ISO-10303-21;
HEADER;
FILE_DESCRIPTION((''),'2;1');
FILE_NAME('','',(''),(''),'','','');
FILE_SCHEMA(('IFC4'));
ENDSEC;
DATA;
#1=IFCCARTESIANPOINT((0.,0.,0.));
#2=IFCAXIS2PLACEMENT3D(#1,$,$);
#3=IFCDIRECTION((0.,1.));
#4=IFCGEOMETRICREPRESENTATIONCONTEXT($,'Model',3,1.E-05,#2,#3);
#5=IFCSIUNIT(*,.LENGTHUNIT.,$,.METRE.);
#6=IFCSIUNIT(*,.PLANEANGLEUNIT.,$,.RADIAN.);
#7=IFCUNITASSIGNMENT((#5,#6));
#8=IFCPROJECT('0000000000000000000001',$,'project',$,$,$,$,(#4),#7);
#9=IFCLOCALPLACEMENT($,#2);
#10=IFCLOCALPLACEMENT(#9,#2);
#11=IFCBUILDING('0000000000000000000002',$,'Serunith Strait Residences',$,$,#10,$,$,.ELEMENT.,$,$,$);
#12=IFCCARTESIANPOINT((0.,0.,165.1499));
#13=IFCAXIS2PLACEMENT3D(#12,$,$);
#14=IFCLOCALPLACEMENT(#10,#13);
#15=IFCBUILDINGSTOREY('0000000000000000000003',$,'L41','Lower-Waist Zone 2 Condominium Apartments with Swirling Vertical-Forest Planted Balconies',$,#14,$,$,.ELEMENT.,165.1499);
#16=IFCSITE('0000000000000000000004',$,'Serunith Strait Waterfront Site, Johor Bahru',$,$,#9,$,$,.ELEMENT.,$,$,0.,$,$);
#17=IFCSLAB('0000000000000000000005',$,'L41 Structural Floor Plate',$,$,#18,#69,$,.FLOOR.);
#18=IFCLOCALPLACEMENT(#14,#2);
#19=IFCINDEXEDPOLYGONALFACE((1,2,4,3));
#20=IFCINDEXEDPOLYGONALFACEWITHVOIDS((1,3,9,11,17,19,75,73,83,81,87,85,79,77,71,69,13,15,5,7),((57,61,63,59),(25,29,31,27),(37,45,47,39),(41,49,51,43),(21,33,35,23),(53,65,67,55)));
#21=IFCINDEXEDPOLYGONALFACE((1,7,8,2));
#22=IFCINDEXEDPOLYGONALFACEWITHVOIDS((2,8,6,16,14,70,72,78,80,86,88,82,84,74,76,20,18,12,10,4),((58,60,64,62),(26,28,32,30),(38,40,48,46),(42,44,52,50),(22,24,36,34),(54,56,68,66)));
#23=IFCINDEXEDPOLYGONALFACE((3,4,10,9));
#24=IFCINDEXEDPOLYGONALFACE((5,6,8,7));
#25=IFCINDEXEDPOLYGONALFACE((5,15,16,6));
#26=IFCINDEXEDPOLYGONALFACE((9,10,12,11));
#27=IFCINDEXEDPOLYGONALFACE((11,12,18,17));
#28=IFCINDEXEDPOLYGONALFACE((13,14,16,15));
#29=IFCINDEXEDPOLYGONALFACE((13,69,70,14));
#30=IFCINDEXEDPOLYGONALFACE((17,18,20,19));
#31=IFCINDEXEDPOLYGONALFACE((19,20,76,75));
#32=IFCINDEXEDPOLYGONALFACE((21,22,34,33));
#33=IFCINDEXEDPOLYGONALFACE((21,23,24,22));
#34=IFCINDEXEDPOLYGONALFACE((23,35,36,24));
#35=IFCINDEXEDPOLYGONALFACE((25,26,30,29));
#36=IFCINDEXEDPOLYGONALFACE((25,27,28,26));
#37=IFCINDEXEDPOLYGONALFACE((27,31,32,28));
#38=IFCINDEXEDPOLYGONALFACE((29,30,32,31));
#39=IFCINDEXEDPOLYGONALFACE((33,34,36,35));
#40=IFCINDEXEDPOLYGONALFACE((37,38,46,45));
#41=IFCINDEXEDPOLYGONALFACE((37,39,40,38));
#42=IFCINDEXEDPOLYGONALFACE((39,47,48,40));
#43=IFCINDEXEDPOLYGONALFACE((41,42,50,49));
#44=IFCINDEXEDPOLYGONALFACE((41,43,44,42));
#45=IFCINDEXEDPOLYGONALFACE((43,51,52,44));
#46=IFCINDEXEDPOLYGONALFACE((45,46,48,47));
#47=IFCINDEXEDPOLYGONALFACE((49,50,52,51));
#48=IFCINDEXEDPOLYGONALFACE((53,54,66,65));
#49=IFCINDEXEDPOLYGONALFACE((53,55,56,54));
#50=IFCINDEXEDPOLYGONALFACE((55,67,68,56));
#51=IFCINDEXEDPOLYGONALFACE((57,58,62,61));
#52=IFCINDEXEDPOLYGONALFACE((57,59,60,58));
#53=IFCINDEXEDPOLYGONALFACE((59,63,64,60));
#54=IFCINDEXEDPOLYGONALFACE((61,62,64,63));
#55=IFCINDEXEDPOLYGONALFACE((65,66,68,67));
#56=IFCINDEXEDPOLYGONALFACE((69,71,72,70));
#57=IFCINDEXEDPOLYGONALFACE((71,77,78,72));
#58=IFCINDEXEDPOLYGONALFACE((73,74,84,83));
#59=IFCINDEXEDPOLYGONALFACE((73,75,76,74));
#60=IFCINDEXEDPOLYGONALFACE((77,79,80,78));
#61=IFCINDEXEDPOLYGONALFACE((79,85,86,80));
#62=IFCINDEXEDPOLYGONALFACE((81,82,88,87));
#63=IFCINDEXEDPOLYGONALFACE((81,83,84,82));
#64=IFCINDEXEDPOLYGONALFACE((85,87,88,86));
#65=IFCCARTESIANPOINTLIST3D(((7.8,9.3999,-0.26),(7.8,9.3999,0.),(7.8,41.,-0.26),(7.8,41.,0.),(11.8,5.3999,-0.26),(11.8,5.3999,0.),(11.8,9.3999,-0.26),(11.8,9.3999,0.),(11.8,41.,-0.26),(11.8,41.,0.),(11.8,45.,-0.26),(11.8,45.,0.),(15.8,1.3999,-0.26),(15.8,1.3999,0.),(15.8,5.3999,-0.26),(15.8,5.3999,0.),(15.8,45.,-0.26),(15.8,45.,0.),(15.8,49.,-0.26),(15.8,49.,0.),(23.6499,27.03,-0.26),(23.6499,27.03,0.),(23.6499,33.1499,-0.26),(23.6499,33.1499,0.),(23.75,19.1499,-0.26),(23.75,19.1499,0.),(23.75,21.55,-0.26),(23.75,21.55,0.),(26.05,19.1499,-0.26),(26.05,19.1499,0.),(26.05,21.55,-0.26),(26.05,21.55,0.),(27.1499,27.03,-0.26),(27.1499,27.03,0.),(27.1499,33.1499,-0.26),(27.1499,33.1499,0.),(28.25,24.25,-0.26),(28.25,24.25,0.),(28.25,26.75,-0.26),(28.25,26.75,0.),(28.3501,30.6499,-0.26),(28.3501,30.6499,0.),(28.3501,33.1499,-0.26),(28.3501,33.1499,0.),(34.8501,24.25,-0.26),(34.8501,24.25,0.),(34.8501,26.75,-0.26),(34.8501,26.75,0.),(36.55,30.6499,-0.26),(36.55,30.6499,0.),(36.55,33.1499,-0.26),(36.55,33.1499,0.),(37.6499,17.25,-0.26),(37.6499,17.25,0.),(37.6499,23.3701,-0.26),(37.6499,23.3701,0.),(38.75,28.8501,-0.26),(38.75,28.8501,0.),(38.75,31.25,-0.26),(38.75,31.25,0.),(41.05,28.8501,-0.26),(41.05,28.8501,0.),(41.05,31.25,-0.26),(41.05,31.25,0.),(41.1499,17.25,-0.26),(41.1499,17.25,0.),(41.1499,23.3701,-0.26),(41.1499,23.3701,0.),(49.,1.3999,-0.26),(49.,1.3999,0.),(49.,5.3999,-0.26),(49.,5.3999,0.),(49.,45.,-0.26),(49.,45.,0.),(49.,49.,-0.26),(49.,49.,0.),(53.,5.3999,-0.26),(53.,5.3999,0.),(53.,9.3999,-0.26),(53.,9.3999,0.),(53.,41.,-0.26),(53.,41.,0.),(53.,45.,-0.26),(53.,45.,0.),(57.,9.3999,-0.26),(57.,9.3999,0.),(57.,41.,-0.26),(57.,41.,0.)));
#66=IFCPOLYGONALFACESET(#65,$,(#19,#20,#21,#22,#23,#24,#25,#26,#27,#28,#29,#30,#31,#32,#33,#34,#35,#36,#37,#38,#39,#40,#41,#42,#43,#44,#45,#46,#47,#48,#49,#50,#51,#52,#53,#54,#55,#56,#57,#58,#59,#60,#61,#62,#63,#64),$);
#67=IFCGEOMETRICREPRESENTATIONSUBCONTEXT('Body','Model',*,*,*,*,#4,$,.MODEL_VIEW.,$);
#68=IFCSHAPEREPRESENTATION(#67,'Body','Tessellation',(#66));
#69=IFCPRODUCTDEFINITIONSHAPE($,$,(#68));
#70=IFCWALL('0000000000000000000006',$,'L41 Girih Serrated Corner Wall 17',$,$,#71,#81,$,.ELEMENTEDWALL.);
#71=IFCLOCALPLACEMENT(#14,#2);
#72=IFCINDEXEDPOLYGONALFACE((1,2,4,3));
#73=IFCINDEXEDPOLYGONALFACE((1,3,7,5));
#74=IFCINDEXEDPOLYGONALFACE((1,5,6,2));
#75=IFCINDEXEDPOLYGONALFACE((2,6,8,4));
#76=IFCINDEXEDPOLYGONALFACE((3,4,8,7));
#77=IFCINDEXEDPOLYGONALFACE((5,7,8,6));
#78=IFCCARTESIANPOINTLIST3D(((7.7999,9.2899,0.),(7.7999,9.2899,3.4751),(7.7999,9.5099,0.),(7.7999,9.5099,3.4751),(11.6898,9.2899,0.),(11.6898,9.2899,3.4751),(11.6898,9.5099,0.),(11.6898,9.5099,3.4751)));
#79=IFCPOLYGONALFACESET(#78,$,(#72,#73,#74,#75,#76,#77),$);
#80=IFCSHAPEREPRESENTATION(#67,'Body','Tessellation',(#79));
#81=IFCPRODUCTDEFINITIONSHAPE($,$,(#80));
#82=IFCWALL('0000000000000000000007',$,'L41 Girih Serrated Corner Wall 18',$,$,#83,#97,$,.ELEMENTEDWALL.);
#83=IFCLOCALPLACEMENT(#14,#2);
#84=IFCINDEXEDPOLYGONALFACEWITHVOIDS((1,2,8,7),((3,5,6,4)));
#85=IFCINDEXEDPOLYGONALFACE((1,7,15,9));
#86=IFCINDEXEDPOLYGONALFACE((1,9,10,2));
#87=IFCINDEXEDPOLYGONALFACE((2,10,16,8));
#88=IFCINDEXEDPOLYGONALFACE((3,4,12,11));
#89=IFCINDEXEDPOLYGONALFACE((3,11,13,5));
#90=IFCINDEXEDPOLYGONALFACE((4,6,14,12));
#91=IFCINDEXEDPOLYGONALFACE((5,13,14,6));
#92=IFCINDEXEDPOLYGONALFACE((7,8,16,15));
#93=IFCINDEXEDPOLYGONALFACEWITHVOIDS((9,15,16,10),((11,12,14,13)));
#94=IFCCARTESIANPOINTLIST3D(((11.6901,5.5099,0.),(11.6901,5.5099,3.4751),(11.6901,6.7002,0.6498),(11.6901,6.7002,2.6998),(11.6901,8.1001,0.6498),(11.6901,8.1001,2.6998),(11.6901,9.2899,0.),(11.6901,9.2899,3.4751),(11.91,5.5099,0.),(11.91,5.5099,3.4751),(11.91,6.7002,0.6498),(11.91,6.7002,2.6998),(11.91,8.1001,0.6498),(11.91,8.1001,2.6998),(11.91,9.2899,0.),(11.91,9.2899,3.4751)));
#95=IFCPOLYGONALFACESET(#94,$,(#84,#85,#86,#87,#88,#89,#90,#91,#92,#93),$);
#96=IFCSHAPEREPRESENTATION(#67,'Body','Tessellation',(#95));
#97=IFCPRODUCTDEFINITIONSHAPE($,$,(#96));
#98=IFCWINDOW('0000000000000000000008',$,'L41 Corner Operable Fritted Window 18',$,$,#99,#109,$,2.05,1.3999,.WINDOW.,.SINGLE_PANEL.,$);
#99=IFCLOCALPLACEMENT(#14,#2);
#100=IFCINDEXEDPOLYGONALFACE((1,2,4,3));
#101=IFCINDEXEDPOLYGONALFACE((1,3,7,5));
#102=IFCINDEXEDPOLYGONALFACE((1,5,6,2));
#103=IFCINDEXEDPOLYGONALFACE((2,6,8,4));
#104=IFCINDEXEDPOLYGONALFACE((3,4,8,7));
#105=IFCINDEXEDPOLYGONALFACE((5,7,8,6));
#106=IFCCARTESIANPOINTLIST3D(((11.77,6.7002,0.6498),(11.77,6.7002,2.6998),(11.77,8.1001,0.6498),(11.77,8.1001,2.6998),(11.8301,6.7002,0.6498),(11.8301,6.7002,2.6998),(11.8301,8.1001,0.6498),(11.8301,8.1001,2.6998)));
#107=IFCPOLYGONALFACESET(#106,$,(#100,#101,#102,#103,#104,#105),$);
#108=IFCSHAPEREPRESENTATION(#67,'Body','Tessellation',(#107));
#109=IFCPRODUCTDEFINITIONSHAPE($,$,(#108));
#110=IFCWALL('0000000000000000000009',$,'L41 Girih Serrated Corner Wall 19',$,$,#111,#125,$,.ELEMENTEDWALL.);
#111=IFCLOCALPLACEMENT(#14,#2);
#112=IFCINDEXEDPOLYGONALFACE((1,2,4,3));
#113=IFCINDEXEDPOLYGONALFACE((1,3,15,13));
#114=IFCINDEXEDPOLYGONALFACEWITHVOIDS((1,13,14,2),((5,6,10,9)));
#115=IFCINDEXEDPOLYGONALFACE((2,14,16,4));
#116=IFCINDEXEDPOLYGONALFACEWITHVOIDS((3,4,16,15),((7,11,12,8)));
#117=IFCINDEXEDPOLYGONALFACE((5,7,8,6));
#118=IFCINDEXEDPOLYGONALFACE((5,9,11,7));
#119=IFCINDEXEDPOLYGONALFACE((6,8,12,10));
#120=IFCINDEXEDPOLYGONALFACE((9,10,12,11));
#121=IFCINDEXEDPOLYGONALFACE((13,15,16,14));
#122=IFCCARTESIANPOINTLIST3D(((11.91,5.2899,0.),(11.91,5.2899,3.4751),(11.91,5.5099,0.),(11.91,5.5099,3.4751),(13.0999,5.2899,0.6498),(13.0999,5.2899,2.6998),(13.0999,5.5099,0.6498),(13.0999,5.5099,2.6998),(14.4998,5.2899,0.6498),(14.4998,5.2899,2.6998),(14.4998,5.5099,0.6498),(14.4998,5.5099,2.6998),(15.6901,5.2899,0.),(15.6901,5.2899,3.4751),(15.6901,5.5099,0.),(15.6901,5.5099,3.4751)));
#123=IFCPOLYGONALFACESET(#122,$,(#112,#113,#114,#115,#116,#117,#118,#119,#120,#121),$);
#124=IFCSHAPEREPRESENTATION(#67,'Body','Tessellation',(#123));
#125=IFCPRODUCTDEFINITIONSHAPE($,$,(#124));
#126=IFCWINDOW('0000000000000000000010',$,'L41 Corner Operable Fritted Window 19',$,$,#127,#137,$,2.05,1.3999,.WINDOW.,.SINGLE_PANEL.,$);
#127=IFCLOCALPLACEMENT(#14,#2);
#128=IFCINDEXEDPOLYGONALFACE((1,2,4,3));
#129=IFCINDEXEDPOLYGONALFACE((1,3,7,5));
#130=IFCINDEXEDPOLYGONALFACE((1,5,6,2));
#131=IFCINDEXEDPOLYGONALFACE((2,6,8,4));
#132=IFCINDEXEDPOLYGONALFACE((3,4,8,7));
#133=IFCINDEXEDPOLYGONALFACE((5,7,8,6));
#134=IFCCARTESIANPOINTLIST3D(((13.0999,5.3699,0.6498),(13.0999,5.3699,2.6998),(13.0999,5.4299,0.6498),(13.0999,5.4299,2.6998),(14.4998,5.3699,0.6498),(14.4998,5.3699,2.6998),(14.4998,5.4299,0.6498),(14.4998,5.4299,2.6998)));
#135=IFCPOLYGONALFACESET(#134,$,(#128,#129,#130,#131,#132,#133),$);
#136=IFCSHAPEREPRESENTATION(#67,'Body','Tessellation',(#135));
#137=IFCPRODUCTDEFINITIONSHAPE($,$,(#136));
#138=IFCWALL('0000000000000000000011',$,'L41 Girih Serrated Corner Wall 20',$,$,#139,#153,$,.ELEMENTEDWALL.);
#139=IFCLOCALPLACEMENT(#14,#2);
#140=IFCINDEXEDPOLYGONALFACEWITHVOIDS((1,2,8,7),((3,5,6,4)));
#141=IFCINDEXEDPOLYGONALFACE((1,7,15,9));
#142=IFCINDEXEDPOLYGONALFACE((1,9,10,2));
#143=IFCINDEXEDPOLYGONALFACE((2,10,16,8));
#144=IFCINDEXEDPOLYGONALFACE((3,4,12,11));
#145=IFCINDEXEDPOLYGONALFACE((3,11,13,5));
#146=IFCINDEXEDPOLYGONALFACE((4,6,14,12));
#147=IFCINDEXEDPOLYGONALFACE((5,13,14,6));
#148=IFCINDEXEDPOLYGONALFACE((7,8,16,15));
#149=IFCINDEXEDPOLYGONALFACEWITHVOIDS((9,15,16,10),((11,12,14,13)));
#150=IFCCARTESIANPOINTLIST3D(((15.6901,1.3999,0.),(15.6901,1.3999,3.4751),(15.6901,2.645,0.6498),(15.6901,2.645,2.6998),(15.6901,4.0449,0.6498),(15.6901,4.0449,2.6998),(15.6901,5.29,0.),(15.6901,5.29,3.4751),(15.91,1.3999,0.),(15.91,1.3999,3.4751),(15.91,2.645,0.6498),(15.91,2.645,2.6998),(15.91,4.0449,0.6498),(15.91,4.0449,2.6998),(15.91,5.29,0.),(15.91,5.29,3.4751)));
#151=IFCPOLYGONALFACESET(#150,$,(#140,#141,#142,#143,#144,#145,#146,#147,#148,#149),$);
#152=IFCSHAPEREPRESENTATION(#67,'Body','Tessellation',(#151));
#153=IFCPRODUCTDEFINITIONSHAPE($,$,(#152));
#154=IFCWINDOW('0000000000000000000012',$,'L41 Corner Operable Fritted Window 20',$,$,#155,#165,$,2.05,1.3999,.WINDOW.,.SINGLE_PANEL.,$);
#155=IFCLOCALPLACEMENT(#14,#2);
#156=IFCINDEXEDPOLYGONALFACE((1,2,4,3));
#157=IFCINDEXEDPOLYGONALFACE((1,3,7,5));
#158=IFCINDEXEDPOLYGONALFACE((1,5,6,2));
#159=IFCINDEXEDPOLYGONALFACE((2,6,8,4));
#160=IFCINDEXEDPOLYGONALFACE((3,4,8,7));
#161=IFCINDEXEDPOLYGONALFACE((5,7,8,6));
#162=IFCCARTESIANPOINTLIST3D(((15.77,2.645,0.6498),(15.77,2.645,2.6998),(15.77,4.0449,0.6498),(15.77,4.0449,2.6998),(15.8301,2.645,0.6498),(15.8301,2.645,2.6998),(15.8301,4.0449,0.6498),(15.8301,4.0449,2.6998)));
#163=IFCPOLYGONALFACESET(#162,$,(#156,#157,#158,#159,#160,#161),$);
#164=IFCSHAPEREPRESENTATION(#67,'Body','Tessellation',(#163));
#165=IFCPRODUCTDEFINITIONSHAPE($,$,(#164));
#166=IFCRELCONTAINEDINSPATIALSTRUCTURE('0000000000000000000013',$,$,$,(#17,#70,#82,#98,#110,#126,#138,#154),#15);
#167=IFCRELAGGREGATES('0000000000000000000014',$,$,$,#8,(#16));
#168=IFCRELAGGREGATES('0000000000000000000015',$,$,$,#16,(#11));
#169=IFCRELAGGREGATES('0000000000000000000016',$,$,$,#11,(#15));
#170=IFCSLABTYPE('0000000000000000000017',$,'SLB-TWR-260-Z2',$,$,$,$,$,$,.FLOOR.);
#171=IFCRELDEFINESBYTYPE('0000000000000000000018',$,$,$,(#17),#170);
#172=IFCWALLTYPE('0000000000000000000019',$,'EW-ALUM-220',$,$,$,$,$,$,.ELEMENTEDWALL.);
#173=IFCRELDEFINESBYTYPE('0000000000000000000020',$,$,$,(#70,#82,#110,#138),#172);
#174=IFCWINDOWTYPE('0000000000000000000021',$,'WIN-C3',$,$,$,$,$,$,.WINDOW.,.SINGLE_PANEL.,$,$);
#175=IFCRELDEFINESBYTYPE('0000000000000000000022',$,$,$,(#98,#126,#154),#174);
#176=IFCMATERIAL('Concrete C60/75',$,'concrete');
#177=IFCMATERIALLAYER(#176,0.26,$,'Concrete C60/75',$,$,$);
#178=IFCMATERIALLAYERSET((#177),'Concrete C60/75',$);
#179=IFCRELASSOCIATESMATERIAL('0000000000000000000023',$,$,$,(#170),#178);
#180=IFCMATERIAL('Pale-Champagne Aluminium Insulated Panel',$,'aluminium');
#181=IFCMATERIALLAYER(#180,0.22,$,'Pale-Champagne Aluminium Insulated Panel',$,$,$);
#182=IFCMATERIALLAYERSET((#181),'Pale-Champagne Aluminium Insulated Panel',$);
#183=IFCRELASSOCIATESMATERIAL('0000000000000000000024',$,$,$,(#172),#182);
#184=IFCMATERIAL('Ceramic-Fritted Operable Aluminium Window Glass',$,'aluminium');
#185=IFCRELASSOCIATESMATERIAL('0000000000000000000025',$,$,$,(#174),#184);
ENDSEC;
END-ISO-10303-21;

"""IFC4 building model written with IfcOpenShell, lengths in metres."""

from ifc_helpers import new_model, si_unit, direction, frame, frame_2d, origin, place, context, subcontext, project, spatial, polyline, rectangle, outline, extrude, source, transform, mapped, material, layer, layer_set, type_object, element, fill, save


model = new_model("IFC4")

# Units and contexts
model_context = context("Model", 3, precision=1e-05, world=origin(), true_north=direction((0.0, 1.0)))
body_context = subcontext(model_context, "Body", "Model", "MODEL_VIEW")
ifc_project = project(units=[si_unit("LENGTHUNIT", "METRE"), si_unit("PLANEANGLEUNIT", "RADIAN")], contexts=[model_context])

# Site, building, storey
site_placement = place(None, origin())
site = spatial("IfcSite", under=ifc_project, at=site_placement, Name="Serunith Strait Waterfront Site, Johor Bahru", CompositionType="ELEMENT", RefElevation=0.0)
building_placement = place(site_placement, origin())
building = spatial("IfcBuilding", under=site, at=building_placement, Name="Serunith Strait Residences", CompositionType="ELEMENT")
storey_placement = place(building_placement, frame((0.0, 0.0, 165.1499)))
storey = spatial("IfcBuildingStorey", under=building, at=storey_placement, Name="L41", Description="Lower-Waist Zone 2 Condominium Apartments with Swirling Vertical-Forest Planted Balconies", CompositionType="ELEMENT", Elevation=165.1499)

# Slab
ifc_material_1 = material(Name="Concrete C60/75", Category="concrete")
ifc_layer_1 = layer(ifc_material_1, 0.26, Name="Concrete C60/75")
ifc_layer_set_1 = layer_set([ifc_layer_1], Name="Concrete C60/75")
slab_type_1 = type_object("IfcSlabType", Name="SLB-TWR-260-Z2", PredefinedType="FLOOR", material=ifc_layer_set_1)
slab_1_placement = place(storey_placement, frame((0.0, 0.0, -0.26)))
element("IfcSlab", 1, at=slab_1_placement, inside=storey, type_object=slab_type_1, Name="L41 Structural Floor Plate", PredefinedType="FLOOR", context=body_context, shape_type="SweptSolid", body=[
    extrude(outline(polyline([(15.8, 5.3999), (11.8, 5.3999), (11.8, 9.3999), (7.8, 9.3999), (7.8, 41.0), (11.8, 41.0), (11.8, 45.0), (15.8, 45.0), (15.8, 49.0), (49.0, 49.0), (49.0, 45.0), (53.0, 45.0), (53.0, 41.0), (57.0, 41.0), (57.0, 9.3999), (53.0, 9.3999), (53.0, 5.3999), (49.0, 5.3999), (49.0, 1.3999), (15.8, 1.3999), (15.8, 5.3999)]), holes=[polyline([(41.1499, 23.3701), (37.6499, 23.3701), (37.6499, 17.25), (41.1499, 17.25), (41.1499, 23.3701)]), polyline([(38.75, 31.25), (38.75, 28.8501), (41.05, 28.8501), (41.05, 31.25), (38.75, 31.25)]), polyline([(36.55, 33.1499), (28.3501, 33.1499), (28.3501, 30.6499), (36.55, 30.6499), (36.55, 33.1499)]), polyline([(34.8501, 26.75), (28.25, 26.75), (28.25, 24.25), (34.8501, 24.25), (34.8501, 26.75)]), polyline([(23.6499, 33.1499), (23.6499, 27.03), (27.1499, 27.03), (27.1499, 33.1499), (23.6499, 33.1499)]), polyline([(26.05, 21.55), (23.75, 21.55), (23.75, 19.1499), (26.05, 19.1499), (26.05, 21.55)])]), origin(), (0.0, 0.0, 1.0), 0.26),
])

# Wall
ifc_material_2 = material(Name="Pale-Champagne Aluminium Insulated Panel", Category="aluminium")
ifc_layer_2 = layer(ifc_material_2, 0.22, Name="Pale-Champagne Aluminium Insulated Panel")
ifc_layer_set_2 = layer_set([ifc_layer_2], Name="Pale-Champagne Aluminium Insulated Panel")
wall_type_1 = type_object("IfcWallType", Name="EW-ALUM-220", PredefinedType="ELEMENTEDWALL", material=ifc_layer_set_2)
wall_1_placement = place(storey_placement, frame((7.8, 9.3999, 0.0), z_axis=(0.0, 0.0, 1.0), x_axis=(1.0, 0.0, 0.0)))
element("IfcWall", 2, at=wall_1_placement, inside=storey, type_object=wall_type_1, Name="L41 Girih Serrated Corner Wall 17", PredefinedType="ELEMENTEDWALL", context=body_context, shape_type="SweptSolid", body=[
    extrude(rectangle(XDim=3.8899, YDim=0.22, at=frame_2d((1.9448, 0.0))), origin(), (0.0, 0.0, 1.0), 3.4751),
])

# Walls, openings, windows
wall_2_placement = place(storey_placement, frame((11.8, 9.29, 0.0), z_axis=(0.0, 0.0, 1.0), x_axis=(0.0, -1.0, 0.0)))
wall_2 = element("IfcWall", 3, at=wall_2_placement, inside=storey, type_object=wall_type_1, Name="L41 Girih Serrated Corner Wall 18", PredefinedType="ELEMENTEDWALL", context=body_context, shape_type="SweptSolid", body=[
    extrude(rectangle(XDim=3.78, YDim=0.22, at=frame_2d((1.8901, 0.0))), origin(), (0.0, 0.0, 1.0), 3.4751),
])
opening_1_placement = place(wall_2_placement, frame((1.1899, 0.0, 0.6499)))
opening_1 = element("IfcOpeningElement", 4, at=opening_1_placement, cuts=wall_2, PredefinedType="OPENING", context=body_context, shape_type="SweptSolid", body=[
    extrude(rectangle(XDim=1.3999, YDim=2.05, at=frame_2d((0.7, 1.0249))), frame((0.0, 0.1201, 0.0), z_axis=(0.0, -1.0, 0.0), x_axis=(1.0, 0.0, 0.0)), (0.0, 0.0, 1.0), 0.24),
])
ifc_material_3 = material(Name="Ceramic-Fritted Operable Aluminium Window Glass", Category="aluminium")
window_type = type_object("IfcWindowType", Name="WIN-C3", PartitioningType="SINGLE_PANEL", PredefinedType="WINDOW", material=ifc_material_3)
shared_shape_1 = source(origin(), body_context, "Body", "SweptSolid", [
    extrude(rectangle(XDim=1.3999, YDim=2.05, at=frame_2d((0.7, 1.0249))), frame((0.0, 0.03, 0.0), z_axis=(0.0, -1.0, 0.0), x_axis=(1.0, 0.0, 0.0)), (0.0, 0.0, 1.0), 0.0601),
])
window_1_placement = place(opening_1_placement, origin())
window_1 = element("IfcWindow", 5, at=window_1_placement, inside=storey, type_object=window_type, Name="L41 Corner Operable Fritted Window 18", OverallHeight=2.05, OverallWidth=1.3999, PartitioningType="SINGLE_PANEL", PredefinedType="WINDOW", context=body_context, shape_type="MappedRepresentation", body=[
    mapped(shared_shape_1, transform((0.0, 0.0, 0.0), scale=1.0)),
])
fill(opening_1, window_1)
wall_3_placement = place(storey_placement, frame((11.9099, 5.3999, 0.0), z_axis=(0.0, 0.0, 1.0), x_axis=(1.0, 0.0, 0.0)))
wall_3 = element("IfcWall", 6, at=wall_3_placement, inside=storey, type_object=wall_type_1, Name="L41 Girih Serrated Corner Wall 19", PredefinedType="ELEMENTEDWALL", context=body_context, shape_type="SweptSolid", body=[
    extrude(rectangle(XDim=3.78, YDim=0.22, at=frame_2d((1.8901, 0.0))), origin(), (0.0, 0.0, 1.0), 3.4751),
])
opening_2_placement = place(wall_3_placement, frame((1.1899, 0.0, 0.6499)))
opening_2 = element("IfcOpeningElement", 7, at=opening_2_placement, cuts=wall_3, PredefinedType="OPENING", context=body_context, shape_type="SweptSolid", body=[
    extrude(rectangle(XDim=1.3999, YDim=2.05, at=frame_2d((0.7, 1.0249))), frame((0.0, 0.1201, 0.0), z_axis=(0.0, -1.0, 0.0), x_axis=(1.0, 0.0, 0.0)), (0.0, 0.0, 1.0), 0.24),
])
window_2_placement = place(opening_2_placement, origin())
window_2 = element("IfcWindow", 8, at=window_2_placement, inside=storey, type_object=window_type, Name="L41 Corner Operable Fritted Window 19", OverallHeight=2.05, OverallWidth=1.3999, PartitioningType="SINGLE_PANEL", PredefinedType="WINDOW", context=body_context, shape_type="MappedRepresentation", body=[
    mapped(shared_shape_1, transform((0.0, 0.0, 0.0), scale=1.0)),
])
fill(opening_2, window_2)
wall_4_placement = place(storey_placement, frame((15.8, 5.29, 0.0), z_axis=(0.0, 0.0, 1.0), x_axis=(0.0, -1.0, 0.0)))
wall_4 = element("IfcWall", 9, at=wall_4_placement, inside=storey, type_object=wall_type_1, Name="L41 Girih Serrated Corner Wall 20", PredefinedType="ELEMENTEDWALL", context=body_context, shape_type="SweptSolid", body=[
    extrude(rectangle(XDim=3.8901, YDim=0.22, at=frame_2d((1.9451, 0.0))), origin(), (0.0, 0.0, 1.0), 3.4751),
])
opening_3_placement = place(wall_4_placement, frame((1.2451, 0.0, 0.6499)))
opening_3 = element("IfcOpeningElement", 10, at=opening_3_placement, cuts=wall_4, PredefinedType="OPENING", context=body_context, shape_type="SweptSolid", body=[
    extrude(rectangle(XDim=1.3999, YDim=2.05, at=frame_2d((0.7, 1.0249))), frame((0.0, 0.1201, 0.0), z_axis=(0.0, -1.0, 0.0), x_axis=(1.0, 0.0, 0.0)), (0.0, 0.0, 1.0), 0.24),
])
window_3_placement = place(opening_3_placement, origin())
window_3 = element("IfcWindow", 11, at=window_3_placement, inside=storey, type_object=window_type, Name="L41 Corner Operable Fritted Window 20", OverallHeight=2.05, OverallWidth=1.3999, PartitioningType="SINGLE_PANEL", PredefinedType="WINDOW", context=body_context, shape_type="MappedRepresentation", body=[
    mapped(shared_shape_1, transform((0.0, 0.0, 0.0), scale=1.0)),
])
fill(opening_3, window_3)

save(model, "model.ifc")
